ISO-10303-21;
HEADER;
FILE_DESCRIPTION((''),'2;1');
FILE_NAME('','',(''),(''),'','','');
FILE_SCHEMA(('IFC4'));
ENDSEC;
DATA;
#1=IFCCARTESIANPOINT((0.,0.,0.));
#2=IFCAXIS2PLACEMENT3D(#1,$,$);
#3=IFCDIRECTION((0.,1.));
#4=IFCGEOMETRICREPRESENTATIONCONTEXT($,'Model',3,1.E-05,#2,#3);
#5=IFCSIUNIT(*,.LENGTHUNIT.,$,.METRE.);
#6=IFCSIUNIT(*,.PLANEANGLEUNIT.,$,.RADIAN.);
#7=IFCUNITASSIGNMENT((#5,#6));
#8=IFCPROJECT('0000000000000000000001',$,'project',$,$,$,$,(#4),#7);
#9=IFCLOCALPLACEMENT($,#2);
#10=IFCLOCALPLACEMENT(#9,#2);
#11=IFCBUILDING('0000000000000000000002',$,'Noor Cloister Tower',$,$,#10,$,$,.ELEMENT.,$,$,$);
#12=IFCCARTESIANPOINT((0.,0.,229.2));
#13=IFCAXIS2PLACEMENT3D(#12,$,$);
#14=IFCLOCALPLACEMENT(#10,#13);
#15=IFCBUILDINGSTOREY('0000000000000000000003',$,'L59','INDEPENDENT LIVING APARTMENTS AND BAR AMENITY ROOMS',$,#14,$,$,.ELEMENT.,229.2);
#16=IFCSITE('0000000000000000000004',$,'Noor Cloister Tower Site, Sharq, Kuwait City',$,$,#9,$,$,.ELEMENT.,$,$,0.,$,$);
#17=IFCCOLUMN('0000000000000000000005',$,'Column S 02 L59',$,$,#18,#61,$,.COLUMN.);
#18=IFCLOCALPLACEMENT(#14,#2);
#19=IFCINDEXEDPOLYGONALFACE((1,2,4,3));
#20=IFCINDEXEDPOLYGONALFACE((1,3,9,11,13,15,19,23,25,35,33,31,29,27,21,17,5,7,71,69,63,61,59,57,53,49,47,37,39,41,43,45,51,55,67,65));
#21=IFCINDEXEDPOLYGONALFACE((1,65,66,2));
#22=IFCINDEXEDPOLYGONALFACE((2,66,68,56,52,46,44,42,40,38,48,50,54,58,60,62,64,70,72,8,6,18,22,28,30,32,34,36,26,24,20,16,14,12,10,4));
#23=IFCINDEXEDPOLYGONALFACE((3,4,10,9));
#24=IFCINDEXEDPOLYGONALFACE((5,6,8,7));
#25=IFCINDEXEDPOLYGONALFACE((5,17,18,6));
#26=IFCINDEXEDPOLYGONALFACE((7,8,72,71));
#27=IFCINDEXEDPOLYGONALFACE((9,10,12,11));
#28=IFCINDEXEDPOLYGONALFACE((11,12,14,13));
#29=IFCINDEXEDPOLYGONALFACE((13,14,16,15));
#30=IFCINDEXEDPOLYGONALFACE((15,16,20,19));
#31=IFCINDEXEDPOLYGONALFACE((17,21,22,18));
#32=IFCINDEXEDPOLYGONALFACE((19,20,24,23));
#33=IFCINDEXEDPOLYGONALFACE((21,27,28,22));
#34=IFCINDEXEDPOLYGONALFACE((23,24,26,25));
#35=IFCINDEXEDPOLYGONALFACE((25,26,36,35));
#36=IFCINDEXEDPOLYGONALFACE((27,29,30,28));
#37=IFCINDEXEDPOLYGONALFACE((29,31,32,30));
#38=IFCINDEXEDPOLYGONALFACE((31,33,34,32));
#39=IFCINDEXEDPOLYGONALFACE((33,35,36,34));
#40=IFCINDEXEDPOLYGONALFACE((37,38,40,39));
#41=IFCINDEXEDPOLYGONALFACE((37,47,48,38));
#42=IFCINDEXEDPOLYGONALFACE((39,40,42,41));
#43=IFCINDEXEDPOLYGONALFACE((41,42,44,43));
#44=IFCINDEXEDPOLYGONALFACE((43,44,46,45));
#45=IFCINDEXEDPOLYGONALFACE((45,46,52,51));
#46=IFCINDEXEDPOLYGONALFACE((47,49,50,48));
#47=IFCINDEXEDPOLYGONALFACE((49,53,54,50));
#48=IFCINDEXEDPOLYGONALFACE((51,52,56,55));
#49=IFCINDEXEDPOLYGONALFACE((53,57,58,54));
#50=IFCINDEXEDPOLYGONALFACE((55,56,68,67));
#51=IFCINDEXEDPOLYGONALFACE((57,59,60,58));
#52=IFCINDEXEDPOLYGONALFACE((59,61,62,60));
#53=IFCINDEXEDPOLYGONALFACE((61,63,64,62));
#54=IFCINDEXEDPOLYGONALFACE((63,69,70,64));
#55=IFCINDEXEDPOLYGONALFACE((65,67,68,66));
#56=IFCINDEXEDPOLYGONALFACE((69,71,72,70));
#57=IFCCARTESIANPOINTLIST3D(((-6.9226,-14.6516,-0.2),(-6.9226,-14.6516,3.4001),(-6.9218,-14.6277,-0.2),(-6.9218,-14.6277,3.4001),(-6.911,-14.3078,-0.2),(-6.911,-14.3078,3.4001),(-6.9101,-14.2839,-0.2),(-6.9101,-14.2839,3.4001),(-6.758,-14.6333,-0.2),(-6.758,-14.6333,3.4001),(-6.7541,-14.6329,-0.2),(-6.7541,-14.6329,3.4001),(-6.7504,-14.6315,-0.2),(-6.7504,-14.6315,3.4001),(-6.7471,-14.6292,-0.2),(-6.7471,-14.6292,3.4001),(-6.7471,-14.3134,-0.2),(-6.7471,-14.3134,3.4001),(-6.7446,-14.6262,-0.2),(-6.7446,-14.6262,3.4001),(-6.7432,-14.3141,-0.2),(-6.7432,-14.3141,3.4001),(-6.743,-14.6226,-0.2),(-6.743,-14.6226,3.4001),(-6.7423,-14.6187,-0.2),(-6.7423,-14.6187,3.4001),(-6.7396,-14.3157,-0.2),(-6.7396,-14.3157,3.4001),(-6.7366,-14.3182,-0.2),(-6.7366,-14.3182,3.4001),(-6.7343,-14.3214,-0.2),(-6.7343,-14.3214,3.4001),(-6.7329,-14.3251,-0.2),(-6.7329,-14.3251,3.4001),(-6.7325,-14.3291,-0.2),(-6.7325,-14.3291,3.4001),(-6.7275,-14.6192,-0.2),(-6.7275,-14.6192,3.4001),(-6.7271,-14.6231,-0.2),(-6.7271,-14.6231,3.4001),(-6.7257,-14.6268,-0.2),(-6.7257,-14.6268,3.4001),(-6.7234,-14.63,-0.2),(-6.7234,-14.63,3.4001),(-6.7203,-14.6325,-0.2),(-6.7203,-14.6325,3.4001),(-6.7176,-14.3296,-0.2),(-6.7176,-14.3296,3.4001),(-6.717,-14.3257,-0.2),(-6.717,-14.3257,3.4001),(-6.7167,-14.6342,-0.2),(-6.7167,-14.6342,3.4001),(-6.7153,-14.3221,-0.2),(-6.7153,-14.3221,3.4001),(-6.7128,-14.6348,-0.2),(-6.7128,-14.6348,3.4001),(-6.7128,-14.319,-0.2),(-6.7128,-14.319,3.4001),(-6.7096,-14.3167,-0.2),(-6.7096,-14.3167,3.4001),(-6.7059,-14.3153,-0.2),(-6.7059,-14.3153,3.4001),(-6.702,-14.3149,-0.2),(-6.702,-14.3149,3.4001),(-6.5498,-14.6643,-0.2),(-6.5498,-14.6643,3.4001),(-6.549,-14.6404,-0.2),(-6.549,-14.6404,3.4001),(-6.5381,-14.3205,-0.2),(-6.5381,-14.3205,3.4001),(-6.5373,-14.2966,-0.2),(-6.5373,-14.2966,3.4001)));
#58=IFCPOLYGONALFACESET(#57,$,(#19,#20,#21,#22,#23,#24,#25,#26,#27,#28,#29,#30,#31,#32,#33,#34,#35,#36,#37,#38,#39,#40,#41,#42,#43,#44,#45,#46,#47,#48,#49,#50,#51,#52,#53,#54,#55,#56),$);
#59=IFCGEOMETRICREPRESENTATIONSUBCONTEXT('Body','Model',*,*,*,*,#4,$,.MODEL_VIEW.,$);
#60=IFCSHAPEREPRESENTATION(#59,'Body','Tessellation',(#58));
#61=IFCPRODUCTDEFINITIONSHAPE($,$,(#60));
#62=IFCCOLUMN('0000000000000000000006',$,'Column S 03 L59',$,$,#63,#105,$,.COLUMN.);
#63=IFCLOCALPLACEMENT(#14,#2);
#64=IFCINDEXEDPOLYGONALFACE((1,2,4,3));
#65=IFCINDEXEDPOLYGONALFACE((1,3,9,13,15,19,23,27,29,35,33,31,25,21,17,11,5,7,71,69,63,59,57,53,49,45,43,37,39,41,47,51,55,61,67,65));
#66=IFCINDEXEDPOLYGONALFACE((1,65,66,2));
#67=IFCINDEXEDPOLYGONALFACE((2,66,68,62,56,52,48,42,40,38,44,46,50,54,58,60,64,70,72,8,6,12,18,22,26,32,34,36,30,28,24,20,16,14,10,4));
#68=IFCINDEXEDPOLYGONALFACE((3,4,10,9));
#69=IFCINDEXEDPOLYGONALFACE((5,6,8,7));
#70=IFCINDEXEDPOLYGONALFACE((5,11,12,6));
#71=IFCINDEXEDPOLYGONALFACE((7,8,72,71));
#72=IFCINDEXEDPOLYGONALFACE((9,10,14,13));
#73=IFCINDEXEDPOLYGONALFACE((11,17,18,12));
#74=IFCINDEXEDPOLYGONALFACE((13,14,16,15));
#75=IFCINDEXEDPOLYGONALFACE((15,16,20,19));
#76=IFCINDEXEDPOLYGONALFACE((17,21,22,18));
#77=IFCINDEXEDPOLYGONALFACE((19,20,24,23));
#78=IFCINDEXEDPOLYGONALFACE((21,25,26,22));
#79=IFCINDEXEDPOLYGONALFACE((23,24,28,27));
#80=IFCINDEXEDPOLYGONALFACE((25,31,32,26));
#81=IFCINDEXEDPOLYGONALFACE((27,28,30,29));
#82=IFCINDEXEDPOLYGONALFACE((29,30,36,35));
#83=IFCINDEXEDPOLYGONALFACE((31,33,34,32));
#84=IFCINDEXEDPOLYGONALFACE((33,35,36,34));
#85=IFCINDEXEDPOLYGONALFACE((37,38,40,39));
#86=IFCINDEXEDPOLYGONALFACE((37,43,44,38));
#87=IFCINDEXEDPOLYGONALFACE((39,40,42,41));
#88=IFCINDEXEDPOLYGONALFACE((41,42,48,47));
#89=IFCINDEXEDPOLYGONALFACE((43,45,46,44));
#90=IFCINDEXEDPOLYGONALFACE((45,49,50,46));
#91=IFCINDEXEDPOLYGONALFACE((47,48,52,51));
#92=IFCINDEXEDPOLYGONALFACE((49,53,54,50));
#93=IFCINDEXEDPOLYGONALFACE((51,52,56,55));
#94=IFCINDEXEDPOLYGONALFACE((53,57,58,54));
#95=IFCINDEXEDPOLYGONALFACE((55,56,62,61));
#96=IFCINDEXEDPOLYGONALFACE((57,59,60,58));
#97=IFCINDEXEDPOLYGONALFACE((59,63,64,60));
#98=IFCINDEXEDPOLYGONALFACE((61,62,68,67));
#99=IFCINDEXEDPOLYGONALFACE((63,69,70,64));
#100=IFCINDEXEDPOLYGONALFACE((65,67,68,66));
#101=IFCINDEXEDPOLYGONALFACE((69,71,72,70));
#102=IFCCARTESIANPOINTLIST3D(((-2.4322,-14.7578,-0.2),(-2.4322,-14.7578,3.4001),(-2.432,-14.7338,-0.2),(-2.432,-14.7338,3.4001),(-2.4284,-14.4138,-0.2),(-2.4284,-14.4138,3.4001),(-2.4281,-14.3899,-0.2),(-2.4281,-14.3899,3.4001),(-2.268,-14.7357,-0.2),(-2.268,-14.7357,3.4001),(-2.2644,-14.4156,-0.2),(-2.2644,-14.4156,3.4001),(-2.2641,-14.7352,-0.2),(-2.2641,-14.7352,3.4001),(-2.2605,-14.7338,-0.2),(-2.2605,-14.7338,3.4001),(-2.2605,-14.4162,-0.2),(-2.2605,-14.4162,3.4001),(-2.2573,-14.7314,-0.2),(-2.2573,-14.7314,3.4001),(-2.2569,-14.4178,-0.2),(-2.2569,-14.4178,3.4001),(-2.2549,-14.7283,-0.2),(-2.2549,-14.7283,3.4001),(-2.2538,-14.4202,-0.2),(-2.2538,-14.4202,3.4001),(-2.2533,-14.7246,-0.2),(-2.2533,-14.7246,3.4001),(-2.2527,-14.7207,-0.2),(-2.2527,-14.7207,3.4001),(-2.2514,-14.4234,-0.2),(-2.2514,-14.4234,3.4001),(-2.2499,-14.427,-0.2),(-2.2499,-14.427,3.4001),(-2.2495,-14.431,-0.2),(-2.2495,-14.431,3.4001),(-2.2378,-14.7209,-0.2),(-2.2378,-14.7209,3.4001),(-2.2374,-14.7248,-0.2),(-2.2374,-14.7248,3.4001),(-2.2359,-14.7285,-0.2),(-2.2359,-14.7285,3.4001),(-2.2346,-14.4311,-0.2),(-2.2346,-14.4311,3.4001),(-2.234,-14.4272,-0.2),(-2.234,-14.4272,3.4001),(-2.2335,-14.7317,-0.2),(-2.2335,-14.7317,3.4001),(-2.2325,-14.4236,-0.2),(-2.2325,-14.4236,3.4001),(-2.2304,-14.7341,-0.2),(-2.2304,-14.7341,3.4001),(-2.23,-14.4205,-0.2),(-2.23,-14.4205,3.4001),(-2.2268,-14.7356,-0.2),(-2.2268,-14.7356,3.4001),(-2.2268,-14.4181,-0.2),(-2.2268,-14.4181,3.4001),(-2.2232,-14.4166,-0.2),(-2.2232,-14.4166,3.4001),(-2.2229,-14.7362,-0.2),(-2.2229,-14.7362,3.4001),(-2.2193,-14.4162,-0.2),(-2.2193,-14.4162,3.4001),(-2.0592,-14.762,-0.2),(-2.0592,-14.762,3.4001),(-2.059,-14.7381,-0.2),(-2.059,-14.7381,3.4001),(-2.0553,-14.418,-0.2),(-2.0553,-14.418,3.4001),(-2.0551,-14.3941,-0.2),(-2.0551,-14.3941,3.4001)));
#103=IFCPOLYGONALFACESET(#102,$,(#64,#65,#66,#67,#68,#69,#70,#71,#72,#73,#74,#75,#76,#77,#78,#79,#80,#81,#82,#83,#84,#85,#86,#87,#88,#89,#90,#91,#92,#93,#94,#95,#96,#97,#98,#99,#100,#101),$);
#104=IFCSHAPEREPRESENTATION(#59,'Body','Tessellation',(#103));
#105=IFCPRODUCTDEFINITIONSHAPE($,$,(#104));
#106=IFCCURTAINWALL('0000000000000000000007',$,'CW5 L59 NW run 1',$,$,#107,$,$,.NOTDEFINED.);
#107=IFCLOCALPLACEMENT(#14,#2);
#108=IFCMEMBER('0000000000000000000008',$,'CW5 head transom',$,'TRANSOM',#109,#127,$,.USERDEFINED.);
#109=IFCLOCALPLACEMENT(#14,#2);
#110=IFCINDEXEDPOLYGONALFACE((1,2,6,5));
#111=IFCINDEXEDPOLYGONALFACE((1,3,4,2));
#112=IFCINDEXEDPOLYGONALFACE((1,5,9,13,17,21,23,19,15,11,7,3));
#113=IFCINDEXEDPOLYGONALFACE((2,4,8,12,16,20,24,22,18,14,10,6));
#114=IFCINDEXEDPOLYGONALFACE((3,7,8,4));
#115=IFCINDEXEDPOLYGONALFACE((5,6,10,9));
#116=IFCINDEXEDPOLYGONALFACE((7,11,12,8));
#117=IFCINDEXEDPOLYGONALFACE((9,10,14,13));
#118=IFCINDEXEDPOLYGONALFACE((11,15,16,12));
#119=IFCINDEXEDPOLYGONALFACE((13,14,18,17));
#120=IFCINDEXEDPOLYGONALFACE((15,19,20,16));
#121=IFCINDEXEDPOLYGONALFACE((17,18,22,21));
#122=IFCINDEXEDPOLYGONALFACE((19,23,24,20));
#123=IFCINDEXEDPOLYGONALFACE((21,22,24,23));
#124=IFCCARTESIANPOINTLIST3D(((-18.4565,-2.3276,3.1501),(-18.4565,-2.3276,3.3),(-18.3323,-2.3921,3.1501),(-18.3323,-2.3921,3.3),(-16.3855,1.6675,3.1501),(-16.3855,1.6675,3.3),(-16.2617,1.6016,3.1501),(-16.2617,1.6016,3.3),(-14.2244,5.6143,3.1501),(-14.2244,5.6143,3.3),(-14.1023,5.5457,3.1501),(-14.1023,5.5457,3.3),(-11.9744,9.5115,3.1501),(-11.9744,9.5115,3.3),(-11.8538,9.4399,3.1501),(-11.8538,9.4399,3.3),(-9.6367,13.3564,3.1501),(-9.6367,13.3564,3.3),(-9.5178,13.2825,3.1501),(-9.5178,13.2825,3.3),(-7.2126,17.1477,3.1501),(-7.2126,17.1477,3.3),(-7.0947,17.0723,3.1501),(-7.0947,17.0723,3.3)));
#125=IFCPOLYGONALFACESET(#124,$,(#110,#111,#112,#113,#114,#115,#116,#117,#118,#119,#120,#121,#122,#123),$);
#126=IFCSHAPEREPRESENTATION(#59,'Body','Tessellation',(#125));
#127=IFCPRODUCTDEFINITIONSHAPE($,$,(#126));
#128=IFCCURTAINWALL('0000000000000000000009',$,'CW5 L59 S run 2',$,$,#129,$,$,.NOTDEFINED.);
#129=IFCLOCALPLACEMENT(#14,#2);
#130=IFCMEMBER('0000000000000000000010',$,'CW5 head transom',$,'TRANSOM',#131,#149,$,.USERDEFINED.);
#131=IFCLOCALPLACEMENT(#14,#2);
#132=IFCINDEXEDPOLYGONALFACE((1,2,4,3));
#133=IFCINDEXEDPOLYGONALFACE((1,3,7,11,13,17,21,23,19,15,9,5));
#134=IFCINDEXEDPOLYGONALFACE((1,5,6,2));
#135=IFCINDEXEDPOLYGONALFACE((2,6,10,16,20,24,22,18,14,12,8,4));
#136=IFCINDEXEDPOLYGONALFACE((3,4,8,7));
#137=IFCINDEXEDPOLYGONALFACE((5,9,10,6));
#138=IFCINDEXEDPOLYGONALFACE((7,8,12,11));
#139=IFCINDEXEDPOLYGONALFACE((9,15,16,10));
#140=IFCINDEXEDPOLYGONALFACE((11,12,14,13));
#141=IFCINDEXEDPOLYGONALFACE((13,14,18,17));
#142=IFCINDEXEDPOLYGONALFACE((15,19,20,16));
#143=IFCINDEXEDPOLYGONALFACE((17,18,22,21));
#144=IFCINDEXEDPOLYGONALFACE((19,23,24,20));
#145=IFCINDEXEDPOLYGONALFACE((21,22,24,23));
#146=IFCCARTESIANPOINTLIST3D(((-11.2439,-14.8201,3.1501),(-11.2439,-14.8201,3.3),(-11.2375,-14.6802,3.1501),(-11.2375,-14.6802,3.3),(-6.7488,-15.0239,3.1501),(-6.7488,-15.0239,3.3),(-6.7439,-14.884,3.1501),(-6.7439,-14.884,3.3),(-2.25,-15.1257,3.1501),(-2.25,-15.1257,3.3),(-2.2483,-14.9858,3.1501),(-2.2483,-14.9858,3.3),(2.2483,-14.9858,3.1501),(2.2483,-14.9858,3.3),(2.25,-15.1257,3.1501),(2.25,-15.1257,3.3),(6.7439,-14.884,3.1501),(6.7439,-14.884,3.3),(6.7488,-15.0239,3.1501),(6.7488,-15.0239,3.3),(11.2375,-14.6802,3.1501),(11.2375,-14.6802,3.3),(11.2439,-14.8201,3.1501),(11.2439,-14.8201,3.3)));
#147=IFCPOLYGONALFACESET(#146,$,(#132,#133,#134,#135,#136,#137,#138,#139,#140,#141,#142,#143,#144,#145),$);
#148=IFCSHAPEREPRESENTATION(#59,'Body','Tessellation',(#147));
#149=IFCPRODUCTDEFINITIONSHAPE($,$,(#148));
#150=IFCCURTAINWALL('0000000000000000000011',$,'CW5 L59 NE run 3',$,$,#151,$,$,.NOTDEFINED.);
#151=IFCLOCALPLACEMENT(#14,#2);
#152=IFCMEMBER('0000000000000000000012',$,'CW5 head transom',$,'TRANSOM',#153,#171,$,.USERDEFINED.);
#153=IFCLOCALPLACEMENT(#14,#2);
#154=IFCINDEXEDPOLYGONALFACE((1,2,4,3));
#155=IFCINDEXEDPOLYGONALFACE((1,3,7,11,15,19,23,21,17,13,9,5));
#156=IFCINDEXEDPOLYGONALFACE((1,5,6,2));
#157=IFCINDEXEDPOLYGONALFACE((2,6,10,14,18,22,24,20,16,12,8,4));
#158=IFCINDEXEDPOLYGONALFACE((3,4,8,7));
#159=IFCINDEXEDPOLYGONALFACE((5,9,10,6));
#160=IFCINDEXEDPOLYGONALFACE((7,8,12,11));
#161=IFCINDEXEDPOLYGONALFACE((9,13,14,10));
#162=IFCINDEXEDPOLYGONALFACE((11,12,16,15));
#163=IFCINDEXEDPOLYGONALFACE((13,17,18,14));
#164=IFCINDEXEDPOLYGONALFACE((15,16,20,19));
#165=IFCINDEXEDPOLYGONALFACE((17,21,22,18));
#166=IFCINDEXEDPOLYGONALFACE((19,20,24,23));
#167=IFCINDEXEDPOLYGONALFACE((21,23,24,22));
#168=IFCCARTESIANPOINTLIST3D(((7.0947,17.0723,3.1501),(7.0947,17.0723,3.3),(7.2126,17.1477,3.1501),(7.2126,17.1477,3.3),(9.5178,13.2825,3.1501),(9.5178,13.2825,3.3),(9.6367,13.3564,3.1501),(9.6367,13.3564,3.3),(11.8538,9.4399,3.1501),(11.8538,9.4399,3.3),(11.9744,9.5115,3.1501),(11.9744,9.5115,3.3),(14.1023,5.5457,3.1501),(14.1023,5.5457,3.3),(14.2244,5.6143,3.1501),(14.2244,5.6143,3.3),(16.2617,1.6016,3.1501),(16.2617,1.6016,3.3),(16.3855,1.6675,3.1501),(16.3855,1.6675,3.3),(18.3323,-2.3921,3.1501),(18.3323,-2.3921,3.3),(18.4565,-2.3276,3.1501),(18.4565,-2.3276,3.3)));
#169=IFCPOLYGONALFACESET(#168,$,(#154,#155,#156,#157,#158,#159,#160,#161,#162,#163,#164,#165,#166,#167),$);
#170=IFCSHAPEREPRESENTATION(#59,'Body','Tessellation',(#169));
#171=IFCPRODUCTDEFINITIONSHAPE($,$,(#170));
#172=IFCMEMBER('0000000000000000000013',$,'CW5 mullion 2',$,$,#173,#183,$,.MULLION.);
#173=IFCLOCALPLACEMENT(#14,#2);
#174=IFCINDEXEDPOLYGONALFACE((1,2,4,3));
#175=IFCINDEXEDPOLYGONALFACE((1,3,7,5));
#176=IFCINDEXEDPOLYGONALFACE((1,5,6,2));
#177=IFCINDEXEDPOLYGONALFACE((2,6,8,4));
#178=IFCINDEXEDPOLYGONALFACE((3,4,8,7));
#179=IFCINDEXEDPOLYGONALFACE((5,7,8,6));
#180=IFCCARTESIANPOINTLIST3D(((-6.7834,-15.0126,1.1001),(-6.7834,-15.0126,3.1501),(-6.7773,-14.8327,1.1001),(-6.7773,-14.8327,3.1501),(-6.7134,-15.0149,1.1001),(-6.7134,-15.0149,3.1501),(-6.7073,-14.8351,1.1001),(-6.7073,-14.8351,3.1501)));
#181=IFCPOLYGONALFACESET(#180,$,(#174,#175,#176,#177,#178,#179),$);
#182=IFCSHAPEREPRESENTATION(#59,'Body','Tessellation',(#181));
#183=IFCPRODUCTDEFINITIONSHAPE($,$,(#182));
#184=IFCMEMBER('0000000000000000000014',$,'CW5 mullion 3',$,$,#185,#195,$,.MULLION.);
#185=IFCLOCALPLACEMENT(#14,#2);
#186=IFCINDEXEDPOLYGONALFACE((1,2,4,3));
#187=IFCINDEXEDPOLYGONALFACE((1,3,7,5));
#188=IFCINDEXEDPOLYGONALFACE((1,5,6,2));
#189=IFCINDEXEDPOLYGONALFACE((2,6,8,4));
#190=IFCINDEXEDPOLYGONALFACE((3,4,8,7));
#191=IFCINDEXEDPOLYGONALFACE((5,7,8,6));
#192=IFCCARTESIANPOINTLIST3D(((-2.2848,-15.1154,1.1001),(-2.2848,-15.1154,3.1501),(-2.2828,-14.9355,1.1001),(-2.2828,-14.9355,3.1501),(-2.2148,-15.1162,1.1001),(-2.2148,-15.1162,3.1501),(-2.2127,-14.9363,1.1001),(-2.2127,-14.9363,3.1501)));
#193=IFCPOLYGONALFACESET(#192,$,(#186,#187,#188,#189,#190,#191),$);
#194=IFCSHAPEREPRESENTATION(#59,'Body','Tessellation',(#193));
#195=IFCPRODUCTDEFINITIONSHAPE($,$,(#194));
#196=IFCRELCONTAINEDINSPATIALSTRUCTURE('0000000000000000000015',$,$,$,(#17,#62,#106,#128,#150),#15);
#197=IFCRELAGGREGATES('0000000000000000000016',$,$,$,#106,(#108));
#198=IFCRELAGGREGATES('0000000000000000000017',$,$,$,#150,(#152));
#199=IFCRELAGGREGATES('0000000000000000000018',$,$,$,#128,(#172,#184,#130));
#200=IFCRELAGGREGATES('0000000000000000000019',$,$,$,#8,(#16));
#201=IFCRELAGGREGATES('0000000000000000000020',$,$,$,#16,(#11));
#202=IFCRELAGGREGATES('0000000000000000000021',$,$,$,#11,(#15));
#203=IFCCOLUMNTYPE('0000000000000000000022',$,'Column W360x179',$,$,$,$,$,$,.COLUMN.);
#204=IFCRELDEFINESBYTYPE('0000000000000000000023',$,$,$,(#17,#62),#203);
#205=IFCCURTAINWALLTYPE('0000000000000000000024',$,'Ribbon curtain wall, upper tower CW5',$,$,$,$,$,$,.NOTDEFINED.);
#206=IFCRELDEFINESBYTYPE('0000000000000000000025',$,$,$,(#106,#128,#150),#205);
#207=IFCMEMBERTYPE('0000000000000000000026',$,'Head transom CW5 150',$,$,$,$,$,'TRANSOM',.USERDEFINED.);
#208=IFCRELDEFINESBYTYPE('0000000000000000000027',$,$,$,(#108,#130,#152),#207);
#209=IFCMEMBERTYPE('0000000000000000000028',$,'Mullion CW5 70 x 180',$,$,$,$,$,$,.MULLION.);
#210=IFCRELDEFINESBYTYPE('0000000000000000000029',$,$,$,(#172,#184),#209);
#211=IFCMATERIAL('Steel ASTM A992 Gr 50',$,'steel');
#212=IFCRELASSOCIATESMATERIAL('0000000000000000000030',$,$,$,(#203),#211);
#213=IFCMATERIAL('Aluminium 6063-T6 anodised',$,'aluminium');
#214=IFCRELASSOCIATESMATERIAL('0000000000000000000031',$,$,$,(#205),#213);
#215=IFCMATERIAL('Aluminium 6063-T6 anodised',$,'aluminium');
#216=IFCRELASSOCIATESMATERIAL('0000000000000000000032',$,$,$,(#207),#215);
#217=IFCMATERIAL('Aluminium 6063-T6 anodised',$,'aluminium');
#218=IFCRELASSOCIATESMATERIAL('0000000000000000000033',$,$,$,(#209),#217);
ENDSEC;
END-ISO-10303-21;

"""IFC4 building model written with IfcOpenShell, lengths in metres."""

from ifc_helpers import new_model, si_unit, direction, frame, origin, origin_2d, place, context, subcontext, project, spatial, polyline, rectangle, i_section, outline, extrude, material, material_profile, profile_set, type_object, element, aggregate, save


model = new_model("IFC4")

# Units and contexts
model_context = context("Model", 3, precision=1e-05, world=origin(), true_north=direction((0.0, 1.0)))
body_context = subcontext(model_context, "Body", "Model", "MODEL_VIEW")
ifc_project = project(units=[si_unit("LENGTHUNIT", "METRE"), si_unit("PLANEANGLEUNIT", "RADIAN")], contexts=[model_context])

# Site, building, storey
site_placement = place(None, origin())
site = spatial("IfcSite", under=ifc_project, at=site_placement, Name="Noor Cloister Tower Site, Sharq, Kuwait City", CompositionType="ELEMENT", RefElevation=0.0)
building_placement = place(site_placement, origin())
building = spatial("IfcBuilding", under=site, at=building_placement, Name="Noor Cloister Tower", CompositionType="ELEMENT")
storey_placement = place(building_placement, frame((0.0, 0.0, 229.2)))
storey = spatial("IfcBuildingStorey", under=building, at=storey_placement, Name="L59", Description="INDEPENDENT LIVING APARTMENTS AND BAR AMENITY ROOMS", CompositionType="ELEMENT", Elevation=229.2)

# Columns
ifc_material_1 = material(Name="Steel ASTM A992 Gr 50", Category="steel")
ifc_material_profile_1 = material_profile(ifc_material_1, i_section(OverallWidth=0.373, OverallDepth=0.3679, WebThickness=0.0149, FlangeThickness=0.0239, FilletRadius=0.0151, at=origin_2d()), Name="W360x179")
ifc_profile_set_1 = profile_set([ifc_material_profile_1], Name="Steel ASTM A992 Gr 50")
column_type = type_object("IfcColumnType", Name="Column W360x179", PredefinedType="COLUMN", material=ifc_profile_set_1)
for number, where, z_axis, x_axis, name in (
    (1, (-6.73, -14.4741, -0.2), (0.0, 0.0, 1.0), (0.999423, -0.033969, 0.0), "Column S 02 L59"),
    (2, (-2.2437, -14.5759, -0.2), (0.0, 0.0, 1.0), (0.999936, -0.011325, 0.0), "Column S 03 L59"),
):
    element("IfcColumn", number, at=place(storey_placement, frame(where, z_axis=z_axis, x_axis=x_axis)), inside=storey, type_object=column_type, Name=name, PredefinedType="COLUMN", context=body_context, shape_type="SweptSolid", body=[
        extrude(i_section(OverallWidth=0.373, OverallDepth=0.3679, WebThickness=0.0149, FlangeThickness=0.0239, FilletRadius=0.0151, at=origin_2d()), origin(), (0.0, 0.0, 1.0), 3.6001),
    ])

# Curtain walls, members
ifc_material_2 = material(Name="Aluminium 6063-T6 anodised", Category="aluminium")
curtain_wall_type = type_object("IfcCurtainWallType", Name="Ribbon curtain wall, upper tower CW5", PredefinedType="NOTDEFINED", material=ifc_material_2)
curtain_wall_1_placement = place(storey_placement, origin())
curtain_wall_1 = element("IfcCurtainWall", 3, at=curtain_wall_1_placement, inside=storey, type_object=curtain_wall_type, Name="CW5 L59 NW run 1", PredefinedType="NOTDEFINED")
ifc_material_3 = material(Name="Aluminium 6063-T6 anodised", Category="aluminium")
member_type_1 = type_object("IfcMemberType", Name="Head transom CW5 150", ElementType="TRANSOM", PredefinedType="USERDEFINED", material=ifc_material_3)
member_1_placement = place(storey_placement, frame((0.0, 0.0, 3.1501)))
member_1 = element("IfcMember", 4, at=member_1_placement, type_object=member_type_1, Name="CW5 head transom", ObjectType="TRANSOM", PredefinedType="USERDEFINED", context=body_context, shape_type="SweptSolid", body=[
    extrude(outline(polyline([(-7.2126, 17.1477), (-9.6367, 13.3564), (-11.9744, 9.5115), (-14.2244, 5.6143), (-16.3855, 1.6675), (-18.4565, -2.3276), (-18.3323, -2.3921), (-16.2617, 1.6016), (-14.1023, 5.5457), (-11.8538, 9.4399), (-9.5178, 13.2825), (-7.0947, 17.0723), (-7.2126, 17.1477)])), origin(), (0.0, 0.0, 1.0), 0.1499),
])
curtain_wall_2_placement = place(storey_placement, origin())
curtain_wall_2 = element("IfcCurtainWall", 5, at=curtain_wall_2_placement, inside=storey, type_object=curtain_wall_type, Name="CW5 L59 S run 2", PredefinedType="NOTDEFINED")
member_2_placement = place(storey_placement, frame((0.0, 0.0, 3.1501)))
member_2 = element("IfcMember", 6, at=member_2_placement, type_object=member_type_1, Name="CW5 head transom", ObjectType="TRANSOM", PredefinedType="USERDEFINED", context=body_context, shape_type="SweptSolid", body=[
    extrude(outline(polyline([(-11.2439, -14.8201), (-6.7488, -15.0239), (-2.25, -15.1257), (2.25, -15.1257), (6.7488, -15.0239), (11.2439, -14.8201), (11.2375, -14.6802), (6.7439, -14.884), (2.2483, -14.9858), (-2.2483, -14.9858), (-6.7439, -14.884), (-11.2375, -14.6802), (-11.2439, -14.8201)])), origin(), (0.0, 0.0, 1.0), 0.1499),
])
curtain_wall_3_placement = place(storey_placement, origin())
curtain_wall_3 = element("IfcCurtainWall", 7, at=curtain_wall_3_placement, inside=storey, type_object=curtain_wall_type, Name="CW5 L59 NE run 3", PredefinedType="NOTDEFINED")
member_3_placement = place(storey_placement, frame((0.0, 0.0, 3.1501)))
member_3 = element("IfcMember", 8, at=member_3_placement, type_object=member_type_1, Name="CW5 head transom", ObjectType="TRANSOM", PredefinedType="USERDEFINED", context=body_context, shape_type="SweptSolid", body=[
    extrude(outline(polyline([(18.4565, -2.3276), (16.3855, 1.6675), (14.2244, 5.6143), (11.9744, 9.5115), (9.6367, 13.3564), (7.2126, 17.1477), (7.0947, 17.0723), (9.5178, 13.2825), (11.8538, 9.4399), (14.1023, 5.5457), (16.2617, 1.6016), (18.3323, -2.3921), (18.4565, -2.3276)])), origin(), (0.0, 0.0, 1.0), 0.1499),
])

# Members
ifc_material_4 = material(Name="Aluminium 6063-T6 anodised", Category="aluminium")
ifc_material_profile_2 = material_profile(ifc_material_4, rectangle(XDim=0.1799, YDim=0.0701, at=origin_2d()), Name="180 x 70 mullion")
ifc_profile_set_2 = profile_set([ifc_material_profile_2], Name="Aluminium 6063-T6 anodised")
member_type_2 = type_object("IfcMemberType", Name="Mullion CW5 70 x 180", PredefinedType="MULLION", material=ifc_profile_set_2)
member_4_placement = place(storey_placement, frame((-6.7454, -14.9238, 1.1001), z_axis=(0.0, 0.0, 1.0), x_axis=(0.033969, 0.999423, 0.0)))
member_4 = element("IfcMember", 9, at=member_4_placement, type_object=member_type_2, Name="CW5 mullion 2", PredefinedType="MULLION", context=body_context, shape_type="SweptSolid", body=[
    extrude(rectangle(XDim=0.1799, YDim=0.0701, at=origin_2d()), origin(), (0.0, 0.0, 1.0), 2.05),
])
member_5_placement = place(storey_placement, frame((-2.2488, -15.0259, 1.1001), z_axis=(0.0, 0.0, 1.0), x_axis=(0.011325, 0.999936, 0.0)))
member_5 = element("IfcMember", 10, at=member_5_placement, type_object=member_type_2, Name="CW5 mullion 3", PredefinedType="MULLION", context=body_context, shape_type="SweptSolid", body=[
    extrude(rectangle(XDim=0.1799, YDim=0.0701, at=origin_2d()), origin(), (0.0, 0.0, 1.0), 2.05),
])

aggregate(curtain_wall_1, [member_1])
aggregate(curtain_wall_3, [member_3])

aggregate(curtain_wall_2, [member_4, member_5, member_2])

save(model, "model.ifc")
